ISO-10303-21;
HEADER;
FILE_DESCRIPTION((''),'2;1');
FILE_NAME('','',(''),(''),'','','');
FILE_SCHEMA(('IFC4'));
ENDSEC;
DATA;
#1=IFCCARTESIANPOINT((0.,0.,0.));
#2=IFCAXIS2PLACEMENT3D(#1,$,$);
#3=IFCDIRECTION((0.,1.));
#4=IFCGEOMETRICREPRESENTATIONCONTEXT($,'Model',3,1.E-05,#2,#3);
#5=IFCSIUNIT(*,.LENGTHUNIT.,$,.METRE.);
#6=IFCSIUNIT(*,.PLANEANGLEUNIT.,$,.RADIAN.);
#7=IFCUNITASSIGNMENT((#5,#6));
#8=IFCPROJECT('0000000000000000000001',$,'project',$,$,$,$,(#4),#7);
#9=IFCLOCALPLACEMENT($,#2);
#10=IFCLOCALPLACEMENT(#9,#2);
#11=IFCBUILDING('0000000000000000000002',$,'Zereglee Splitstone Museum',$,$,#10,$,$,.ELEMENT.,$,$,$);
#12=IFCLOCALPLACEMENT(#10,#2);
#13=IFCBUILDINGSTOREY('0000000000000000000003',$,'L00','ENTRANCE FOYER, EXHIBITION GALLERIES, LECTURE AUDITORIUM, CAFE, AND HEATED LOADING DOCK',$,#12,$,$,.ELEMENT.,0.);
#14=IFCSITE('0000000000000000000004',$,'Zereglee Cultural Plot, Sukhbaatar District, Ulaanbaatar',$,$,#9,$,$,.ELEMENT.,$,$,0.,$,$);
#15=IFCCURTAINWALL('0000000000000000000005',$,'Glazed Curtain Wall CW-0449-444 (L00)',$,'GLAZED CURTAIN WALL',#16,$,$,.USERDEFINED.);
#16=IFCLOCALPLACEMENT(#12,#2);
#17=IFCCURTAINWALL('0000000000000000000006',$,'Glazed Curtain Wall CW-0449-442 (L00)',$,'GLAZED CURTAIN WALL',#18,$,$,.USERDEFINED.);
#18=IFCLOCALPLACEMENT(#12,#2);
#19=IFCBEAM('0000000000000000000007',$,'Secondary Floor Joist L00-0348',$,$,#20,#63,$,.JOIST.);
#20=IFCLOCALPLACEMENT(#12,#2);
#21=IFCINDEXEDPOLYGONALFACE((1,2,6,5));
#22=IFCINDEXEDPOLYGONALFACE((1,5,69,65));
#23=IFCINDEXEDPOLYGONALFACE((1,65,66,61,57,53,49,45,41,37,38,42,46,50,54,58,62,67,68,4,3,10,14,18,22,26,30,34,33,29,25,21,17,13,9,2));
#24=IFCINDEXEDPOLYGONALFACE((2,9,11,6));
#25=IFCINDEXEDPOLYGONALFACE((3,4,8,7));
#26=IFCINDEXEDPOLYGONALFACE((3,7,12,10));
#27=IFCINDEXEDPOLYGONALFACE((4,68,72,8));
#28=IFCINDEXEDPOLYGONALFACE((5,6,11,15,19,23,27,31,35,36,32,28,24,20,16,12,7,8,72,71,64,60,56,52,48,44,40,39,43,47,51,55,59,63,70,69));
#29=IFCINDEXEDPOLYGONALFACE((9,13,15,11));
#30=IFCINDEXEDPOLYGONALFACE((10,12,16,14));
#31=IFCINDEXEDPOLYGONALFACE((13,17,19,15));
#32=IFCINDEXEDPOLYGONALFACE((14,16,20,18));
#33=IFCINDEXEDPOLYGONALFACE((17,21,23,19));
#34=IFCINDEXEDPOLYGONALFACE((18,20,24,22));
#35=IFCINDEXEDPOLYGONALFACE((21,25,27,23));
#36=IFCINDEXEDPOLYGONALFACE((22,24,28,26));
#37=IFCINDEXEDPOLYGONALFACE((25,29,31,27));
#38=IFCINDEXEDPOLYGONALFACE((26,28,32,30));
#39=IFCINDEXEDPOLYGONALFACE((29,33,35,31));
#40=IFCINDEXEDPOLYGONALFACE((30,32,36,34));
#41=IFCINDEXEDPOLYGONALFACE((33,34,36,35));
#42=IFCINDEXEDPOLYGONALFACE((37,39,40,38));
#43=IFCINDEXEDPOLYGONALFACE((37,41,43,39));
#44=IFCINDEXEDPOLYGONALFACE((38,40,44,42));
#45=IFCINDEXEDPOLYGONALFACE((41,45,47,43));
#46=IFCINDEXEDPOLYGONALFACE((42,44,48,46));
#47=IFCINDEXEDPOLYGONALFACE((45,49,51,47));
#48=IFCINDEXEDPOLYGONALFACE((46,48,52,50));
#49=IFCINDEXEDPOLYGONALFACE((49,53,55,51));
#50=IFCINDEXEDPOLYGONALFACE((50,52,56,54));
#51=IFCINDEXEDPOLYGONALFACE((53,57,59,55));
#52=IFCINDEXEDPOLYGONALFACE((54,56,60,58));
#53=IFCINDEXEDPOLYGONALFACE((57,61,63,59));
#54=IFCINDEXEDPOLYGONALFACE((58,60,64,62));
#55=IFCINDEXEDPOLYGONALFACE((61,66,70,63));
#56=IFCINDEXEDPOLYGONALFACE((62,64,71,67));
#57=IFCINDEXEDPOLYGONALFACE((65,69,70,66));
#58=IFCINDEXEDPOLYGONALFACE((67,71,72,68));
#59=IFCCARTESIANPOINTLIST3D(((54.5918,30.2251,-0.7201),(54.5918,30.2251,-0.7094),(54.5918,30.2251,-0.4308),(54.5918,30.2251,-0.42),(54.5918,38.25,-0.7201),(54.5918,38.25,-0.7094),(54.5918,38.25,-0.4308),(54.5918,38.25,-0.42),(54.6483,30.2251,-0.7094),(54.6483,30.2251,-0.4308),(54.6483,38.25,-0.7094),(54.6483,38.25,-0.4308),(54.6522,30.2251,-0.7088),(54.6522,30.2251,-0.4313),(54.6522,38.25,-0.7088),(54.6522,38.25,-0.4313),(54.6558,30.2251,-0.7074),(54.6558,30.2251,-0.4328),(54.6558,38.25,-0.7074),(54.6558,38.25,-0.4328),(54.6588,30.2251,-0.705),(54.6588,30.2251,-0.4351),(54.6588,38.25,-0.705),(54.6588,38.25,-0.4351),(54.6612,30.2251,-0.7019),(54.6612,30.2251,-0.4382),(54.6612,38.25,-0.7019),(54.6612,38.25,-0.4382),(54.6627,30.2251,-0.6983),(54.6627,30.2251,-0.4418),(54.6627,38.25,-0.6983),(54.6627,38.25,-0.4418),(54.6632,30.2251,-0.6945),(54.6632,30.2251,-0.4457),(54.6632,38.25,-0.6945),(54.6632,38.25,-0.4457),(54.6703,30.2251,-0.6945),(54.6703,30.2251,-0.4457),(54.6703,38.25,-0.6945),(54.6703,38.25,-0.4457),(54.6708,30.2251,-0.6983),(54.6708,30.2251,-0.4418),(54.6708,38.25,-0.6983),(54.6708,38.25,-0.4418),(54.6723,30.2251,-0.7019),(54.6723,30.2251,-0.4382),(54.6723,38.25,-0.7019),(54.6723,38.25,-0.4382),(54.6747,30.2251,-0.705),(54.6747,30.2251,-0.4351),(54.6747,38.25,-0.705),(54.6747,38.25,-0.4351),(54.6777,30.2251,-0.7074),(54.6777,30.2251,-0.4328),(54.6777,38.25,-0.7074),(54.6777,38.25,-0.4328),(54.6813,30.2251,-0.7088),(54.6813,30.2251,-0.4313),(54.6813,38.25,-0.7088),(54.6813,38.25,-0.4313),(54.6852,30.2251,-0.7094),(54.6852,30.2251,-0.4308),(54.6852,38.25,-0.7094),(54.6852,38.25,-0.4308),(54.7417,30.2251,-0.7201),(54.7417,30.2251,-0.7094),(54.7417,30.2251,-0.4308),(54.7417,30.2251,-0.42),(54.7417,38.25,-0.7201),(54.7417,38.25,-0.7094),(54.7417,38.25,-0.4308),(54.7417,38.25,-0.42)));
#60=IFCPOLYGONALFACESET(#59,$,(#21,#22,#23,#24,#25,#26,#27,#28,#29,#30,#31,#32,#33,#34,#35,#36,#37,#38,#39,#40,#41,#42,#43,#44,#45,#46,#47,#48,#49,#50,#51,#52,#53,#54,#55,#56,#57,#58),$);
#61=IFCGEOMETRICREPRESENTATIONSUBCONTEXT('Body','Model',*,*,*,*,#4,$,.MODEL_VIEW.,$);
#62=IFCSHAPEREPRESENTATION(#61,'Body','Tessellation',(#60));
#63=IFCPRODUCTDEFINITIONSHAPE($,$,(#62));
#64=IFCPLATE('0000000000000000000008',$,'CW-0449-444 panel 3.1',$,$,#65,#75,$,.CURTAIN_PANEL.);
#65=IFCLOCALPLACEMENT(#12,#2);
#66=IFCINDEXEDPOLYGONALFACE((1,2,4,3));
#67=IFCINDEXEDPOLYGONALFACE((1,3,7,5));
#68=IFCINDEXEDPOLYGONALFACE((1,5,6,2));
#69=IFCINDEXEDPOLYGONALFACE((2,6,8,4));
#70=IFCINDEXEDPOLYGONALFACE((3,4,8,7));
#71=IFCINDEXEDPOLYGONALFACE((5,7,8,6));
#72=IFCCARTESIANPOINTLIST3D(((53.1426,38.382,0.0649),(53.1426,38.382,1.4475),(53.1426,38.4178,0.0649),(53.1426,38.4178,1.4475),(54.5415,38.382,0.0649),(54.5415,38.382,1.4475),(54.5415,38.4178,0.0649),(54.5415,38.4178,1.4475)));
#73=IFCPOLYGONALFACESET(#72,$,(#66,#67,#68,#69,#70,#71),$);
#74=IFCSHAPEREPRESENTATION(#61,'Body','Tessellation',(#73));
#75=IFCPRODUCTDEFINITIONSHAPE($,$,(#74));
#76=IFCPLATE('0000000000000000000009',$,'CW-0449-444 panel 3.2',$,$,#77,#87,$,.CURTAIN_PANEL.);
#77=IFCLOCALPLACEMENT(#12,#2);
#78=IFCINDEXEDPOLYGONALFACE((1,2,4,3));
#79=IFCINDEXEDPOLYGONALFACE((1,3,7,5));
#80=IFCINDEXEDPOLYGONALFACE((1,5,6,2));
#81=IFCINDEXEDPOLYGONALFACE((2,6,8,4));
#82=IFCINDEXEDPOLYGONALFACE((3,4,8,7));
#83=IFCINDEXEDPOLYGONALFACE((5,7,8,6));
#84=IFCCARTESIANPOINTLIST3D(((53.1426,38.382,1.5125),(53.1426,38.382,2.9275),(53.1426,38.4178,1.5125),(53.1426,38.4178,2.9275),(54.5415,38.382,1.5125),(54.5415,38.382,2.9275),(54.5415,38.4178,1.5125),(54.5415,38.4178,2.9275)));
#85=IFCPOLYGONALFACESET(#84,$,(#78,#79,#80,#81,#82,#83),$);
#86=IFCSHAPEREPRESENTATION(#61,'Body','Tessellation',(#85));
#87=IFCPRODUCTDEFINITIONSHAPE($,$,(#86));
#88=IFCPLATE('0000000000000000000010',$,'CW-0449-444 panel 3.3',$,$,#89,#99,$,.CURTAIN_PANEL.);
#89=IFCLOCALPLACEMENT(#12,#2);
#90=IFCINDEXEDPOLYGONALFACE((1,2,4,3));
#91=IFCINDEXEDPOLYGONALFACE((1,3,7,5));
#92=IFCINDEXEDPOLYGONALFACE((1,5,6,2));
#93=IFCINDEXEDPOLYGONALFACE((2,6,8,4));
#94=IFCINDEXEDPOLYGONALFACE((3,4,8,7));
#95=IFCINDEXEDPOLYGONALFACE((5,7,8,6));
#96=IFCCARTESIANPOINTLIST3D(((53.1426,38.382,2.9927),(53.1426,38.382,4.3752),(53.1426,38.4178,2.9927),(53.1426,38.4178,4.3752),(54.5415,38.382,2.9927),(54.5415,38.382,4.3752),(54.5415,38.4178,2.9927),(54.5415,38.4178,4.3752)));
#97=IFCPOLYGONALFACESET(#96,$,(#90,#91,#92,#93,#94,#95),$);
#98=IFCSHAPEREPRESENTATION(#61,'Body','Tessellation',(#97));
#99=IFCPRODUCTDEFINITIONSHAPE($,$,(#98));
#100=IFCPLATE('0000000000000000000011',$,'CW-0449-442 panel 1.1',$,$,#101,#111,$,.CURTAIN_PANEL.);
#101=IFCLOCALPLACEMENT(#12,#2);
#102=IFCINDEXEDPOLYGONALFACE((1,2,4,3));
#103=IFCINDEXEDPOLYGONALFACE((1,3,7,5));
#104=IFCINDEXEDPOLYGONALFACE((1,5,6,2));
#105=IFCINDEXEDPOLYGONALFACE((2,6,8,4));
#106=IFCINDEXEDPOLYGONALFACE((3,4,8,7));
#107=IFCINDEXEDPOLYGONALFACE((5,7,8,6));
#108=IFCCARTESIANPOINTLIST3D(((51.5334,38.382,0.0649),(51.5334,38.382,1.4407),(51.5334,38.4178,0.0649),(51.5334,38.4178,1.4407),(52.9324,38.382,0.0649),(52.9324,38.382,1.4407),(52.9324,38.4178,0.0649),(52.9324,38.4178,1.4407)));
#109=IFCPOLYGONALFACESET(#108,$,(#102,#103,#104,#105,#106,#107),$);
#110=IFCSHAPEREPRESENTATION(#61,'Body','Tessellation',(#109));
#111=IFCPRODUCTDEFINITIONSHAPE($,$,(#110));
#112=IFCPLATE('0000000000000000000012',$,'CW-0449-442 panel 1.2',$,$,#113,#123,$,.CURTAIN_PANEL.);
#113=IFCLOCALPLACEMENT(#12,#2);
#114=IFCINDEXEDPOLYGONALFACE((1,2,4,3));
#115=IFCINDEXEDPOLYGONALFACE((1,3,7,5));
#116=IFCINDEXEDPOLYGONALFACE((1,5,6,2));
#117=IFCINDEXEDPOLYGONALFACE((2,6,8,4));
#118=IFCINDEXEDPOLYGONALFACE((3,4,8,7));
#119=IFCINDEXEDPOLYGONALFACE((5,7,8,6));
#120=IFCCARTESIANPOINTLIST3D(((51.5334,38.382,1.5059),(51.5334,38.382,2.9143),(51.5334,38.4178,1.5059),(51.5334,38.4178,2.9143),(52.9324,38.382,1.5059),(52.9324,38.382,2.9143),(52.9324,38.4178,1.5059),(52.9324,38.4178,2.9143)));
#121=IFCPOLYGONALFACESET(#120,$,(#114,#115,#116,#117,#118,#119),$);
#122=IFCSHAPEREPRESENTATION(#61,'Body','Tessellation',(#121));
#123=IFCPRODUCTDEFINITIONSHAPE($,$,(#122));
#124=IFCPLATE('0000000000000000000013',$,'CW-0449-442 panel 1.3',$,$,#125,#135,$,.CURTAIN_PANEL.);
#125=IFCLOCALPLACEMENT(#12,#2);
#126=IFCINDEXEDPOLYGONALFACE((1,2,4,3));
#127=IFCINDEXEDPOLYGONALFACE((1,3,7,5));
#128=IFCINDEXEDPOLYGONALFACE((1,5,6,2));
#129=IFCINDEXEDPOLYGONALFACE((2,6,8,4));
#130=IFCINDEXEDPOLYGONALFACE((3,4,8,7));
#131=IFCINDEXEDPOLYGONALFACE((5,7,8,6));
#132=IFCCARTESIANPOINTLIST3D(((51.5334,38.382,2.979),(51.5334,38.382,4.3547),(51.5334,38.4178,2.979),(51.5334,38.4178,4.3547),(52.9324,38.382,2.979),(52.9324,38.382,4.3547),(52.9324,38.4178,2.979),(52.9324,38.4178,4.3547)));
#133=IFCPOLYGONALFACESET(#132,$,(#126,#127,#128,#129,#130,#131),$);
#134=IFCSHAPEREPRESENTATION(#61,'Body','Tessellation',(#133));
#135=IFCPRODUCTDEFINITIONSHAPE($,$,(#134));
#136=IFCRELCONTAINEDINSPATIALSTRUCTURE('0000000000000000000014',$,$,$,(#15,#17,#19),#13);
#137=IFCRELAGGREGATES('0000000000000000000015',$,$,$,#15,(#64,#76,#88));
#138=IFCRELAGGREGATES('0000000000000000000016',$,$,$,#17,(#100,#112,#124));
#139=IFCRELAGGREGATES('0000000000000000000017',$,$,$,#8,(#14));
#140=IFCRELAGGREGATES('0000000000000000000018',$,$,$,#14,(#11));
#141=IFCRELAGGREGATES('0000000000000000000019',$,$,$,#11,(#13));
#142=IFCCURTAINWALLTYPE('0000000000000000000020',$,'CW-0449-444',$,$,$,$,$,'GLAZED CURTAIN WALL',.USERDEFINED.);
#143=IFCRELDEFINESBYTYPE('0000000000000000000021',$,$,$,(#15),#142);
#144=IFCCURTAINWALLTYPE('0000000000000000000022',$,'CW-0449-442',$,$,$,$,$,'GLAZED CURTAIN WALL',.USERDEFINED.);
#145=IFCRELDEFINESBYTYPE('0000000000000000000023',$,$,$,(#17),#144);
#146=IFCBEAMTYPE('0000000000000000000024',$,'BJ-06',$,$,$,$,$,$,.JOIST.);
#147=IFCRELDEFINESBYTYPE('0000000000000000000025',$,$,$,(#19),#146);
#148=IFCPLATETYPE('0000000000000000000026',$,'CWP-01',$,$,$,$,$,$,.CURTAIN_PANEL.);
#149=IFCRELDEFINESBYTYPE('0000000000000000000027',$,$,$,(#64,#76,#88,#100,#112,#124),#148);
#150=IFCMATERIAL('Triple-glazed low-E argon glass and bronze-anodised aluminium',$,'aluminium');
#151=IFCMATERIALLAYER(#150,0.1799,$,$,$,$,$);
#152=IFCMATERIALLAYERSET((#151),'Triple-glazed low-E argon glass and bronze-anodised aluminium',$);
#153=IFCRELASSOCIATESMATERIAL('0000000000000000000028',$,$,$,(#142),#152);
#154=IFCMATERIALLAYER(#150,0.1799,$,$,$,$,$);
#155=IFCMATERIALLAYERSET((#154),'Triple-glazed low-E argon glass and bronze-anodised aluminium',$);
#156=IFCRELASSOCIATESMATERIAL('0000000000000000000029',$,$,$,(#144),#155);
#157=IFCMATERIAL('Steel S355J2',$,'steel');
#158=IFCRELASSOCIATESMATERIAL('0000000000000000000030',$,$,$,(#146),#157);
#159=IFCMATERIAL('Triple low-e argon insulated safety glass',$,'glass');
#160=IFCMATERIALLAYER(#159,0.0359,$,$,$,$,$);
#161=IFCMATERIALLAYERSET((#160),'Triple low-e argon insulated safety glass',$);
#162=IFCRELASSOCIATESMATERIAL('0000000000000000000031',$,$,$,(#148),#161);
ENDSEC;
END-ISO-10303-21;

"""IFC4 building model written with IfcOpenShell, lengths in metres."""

from ifc_helpers import new_model, si_unit, direction, frame, origin, origin_2d, place, context, subcontext, project, spatial, rectangle, i_section, extrude, material, layer, layer_set, material_profile, profile_set, type_object, element, aggregate, save


model = new_model("IFC4")

# Units and contexts
model_context = context("Model", 3, precision=1e-05, world=origin(), true_north=direction((0.0, 1.0)))
body_context = subcontext(model_context, "Body", "Model", "MODEL_VIEW")
ifc_project = project(units=[si_unit("LENGTHUNIT", "METRE"), si_unit("PLANEANGLEUNIT", "RADIAN")], contexts=[model_context])

# Site, building, storey
site_placement = place(None, origin())
site = spatial("IfcSite", under=ifc_project, at=site_placement, Name="Zereglee Cultural Plot, Sukhbaatar District, Ulaanbaatar", CompositionType="ELEMENT", RefElevation=0.0)
building_placement = place(site_placement, origin())
building = spatial("IfcBuilding", under=site, at=building_placement, Name="Zereglee Splitstone Museum", CompositionType="ELEMENT")
storey_placement = place(building_placement, origin())
storey = spatial("IfcBuildingStorey", under=building, at=storey_placement, Name="L00", Description="ENTRANCE FOYER, EXHIBITION GALLERIES, LECTURE AUDITORIUM, CAFE, AND HEATED LOADING DOCK", CompositionType="ELEMENT", Elevation=0.0)

# Curtain wall
ifc_material_1 = material(Name="Triple-glazed low-E argon glass and bronze-anodised aluminium", Category="aluminium")
ifc_layer_1 = layer(ifc_material_1, 0.1799)
ifc_layer_set_1 = layer_set([ifc_layer_1], Name="Triple-glazed low-E argon glass and bronze-anodised aluminium")
curtain_wall_type_1 = type_object("IfcCurtainWallType", Name="CW-0449-444", ElementType="GLAZED CURTAIN WALL", PredefinedType="USERDEFINED", material=ifc_layer_set_1)
curtain_wall_1_placement = place(storey_placement, origin())
curtain_wall_1 = element("IfcCurtainWall", 1, at=curtain_wall_1_placement, inside=storey, type_object=curtain_wall_type_1, Name="Glazed Curtain Wall CW-0449-444 (L00)", ObjectType="GLAZED CURTAIN WALL", PredefinedType="USERDEFINED")

# Curtain wall
ifc_layer_2 = layer(ifc_material_1, 0.1799)
ifc_layer_set_2 = layer_set([ifc_layer_2], Name="Triple-glazed low-E argon glass and bronze-anodised aluminium")
curtain_wall_type_2 = type_object("IfcCurtainWallType", Name="CW-0449-442", ElementType="GLAZED CURTAIN WALL", PredefinedType="USERDEFINED", material=ifc_layer_set_2)
curtain_wall_2_placement = place(storey_placement, origin())
curtain_wall_2 = element("IfcCurtainWall", 2, at=curtain_wall_2_placement, inside=storey, type_object=curtain_wall_type_2, Name="Glazed Curtain Wall CW-0449-442 (L00)", ObjectType="GLAZED CURTAIN WALL", PredefinedType="USERDEFINED")

# Beam
ifc_material_2 = material(Name="Steel S355J2", Category="steel")
ifc_material_profile_1 = material_profile(ifc_material_2, i_section(OverallWidth=0.1499, OverallDepth=0.3, WebThickness=0.0071, FlangeThickness=0.0107, FilletRadius=0.0149, at=origin_2d()), Name="IPE 300")
ifc_profile_set_1 = profile_set([ifc_material_profile_1], Name="Steel S355J2")
beam_type = type_object("IfcBeamType", Name="BJ-06", PredefinedType="JOIST", material=ifc_profile_set_1)
beam_placement = place(storey_placement, frame((54.6667, 30.2251, -0.5701), z_axis=(0.0, 1.0, 0.0), x_axis=(-1.0, 0.0, 0.0)))
element("IfcBeam", 3, at=beam_placement, inside=storey, type_object=beam_type, Name="Secondary Floor Joist L00-0348", PredefinedType="JOIST", context=body_context, shape_type="SweptSolid", body=[
    extrude(i_section(OverallWidth=0.1499, OverallDepth=0.3, WebThickness=0.0071, FlangeThickness=0.0107, FilletRadius=0.0149, at=origin_2d()), origin(), (0.0, 0.0, 1.0), 8.0249),
])

# Plates
ifc_material_3 = material(Name="Triple low-e argon insulated safety glass", Category="glass")
ifc_layer_3 = layer(ifc_material_3, 0.0359)
ifc_layer_set_3 = layer_set([ifc_layer_3], Name="Triple low-e argon insulated safety glass")
plate_type = type_object("IfcPlateType", Name="CWP-01", PredefinedType="CURTAIN_PANEL", material=ifc_layer_set_3)
plate_1_placement = place(storey_placement, frame((53.842, 38.3999, 0.0649), z_axis=(0.0, 0.0, 1.0), x_axis=(-1.0, 0.0, 0.0)))
plate_1 = element("IfcPlate", 4, at=plate_1_placement, type_object=plate_type, Name="CW-0449-444 panel 3.1", PredefinedType="CURTAIN_PANEL", context=body_context, shape_type="SweptSolid", body=[
    extrude(rectangle(XDim=1.3989, YDim=0.0359, at=origin_2d()), origin(), (0.0, 0.0, 1.0), 1.3826),
])
plate_2_placement = place(storey_placement, frame((53.842, 38.3999, 1.5125), z_axis=(0.0, 0.0, 1.0), x_axis=(-1.0, 0.0, 0.0)))
plate_2 = element("IfcPlate", 5, at=plate_2_placement, type_object=plate_type, Name="CW-0449-444 panel 3.2", PredefinedType="CURTAIN_PANEL", context=body_context, shape_type="SweptSolid", body=[
    extrude(rectangle(XDim=1.3989, YDim=0.0359, at=origin_2d()), origin(), (0.0, 0.0, 1.0), 1.415),
])
plate_3_placement = place(storey_placement, frame((53.842, 38.3999, 2.9927), z_axis=(0.0, 0.0, 1.0), x_axis=(-1.0, 0.0, 0.0)))
plate_3 = element("IfcPlate", 6, at=plate_3_placement, type_object=plate_type, Name="CW-0449-444 panel 3.3", PredefinedType="CURTAIN_PANEL", context=body_context, shape_type="SweptSolid", body=[
    extrude(rectangle(XDim=1.3989, YDim=0.0359, at=origin_2d()), origin(), (0.0, 0.0, 1.0), 1.3826),
])
aggregate(curtain_wall_1, [plate_1, plate_2, plate_3])
plate_4_placement = place(storey_placement, frame((52.2329, 38.3999, 0.0649), z_axis=(0.0, 0.0, 1.0), x_axis=(-1.0, 0.0, 0.0)))
plate_4 = element("IfcPlate", 7, at=plate_4_placement, type_object=plate_type, Name="CW-0449-442 panel 1.1", PredefinedType="CURTAIN_PANEL", context=body_context, shape_type="SweptSolid", body=[
    extrude(rectangle(XDim=1.3989, YDim=0.0359, at=origin_2d()), origin(), (0.0, 0.0, 1.0), 1.3757),
])
plate_5_placement = place(storey_placement, frame((52.2329, 38.3999, 1.5059), z_axis=(0.0, 0.0, 1.0), x_axis=(-1.0, 0.0, 0.0)))
plate_5 = element("IfcPlate", 8, at=plate_5_placement, type_object=plate_type, Name="CW-0449-442 panel 1.2", PredefinedType="CURTAIN_PANEL", context=body_context, shape_type="SweptSolid", body=[
    extrude(rectangle(XDim=1.3989, YDim=0.0359, at=origin_2d()), origin(), (0.0, 0.0, 1.0), 1.4084),
])
plate_6_placement = place(storey_placement, frame((52.2329, 38.3999, 2.979), z_axis=(0.0, 0.0, 1.0), x_axis=(-1.0, 0.0, 0.0)))
plate_6 = element("IfcPlate", 9, at=plate_6_placement, type_object=plate_type, Name="CW-0449-442 panel 1.3", PredefinedType="CURTAIN_PANEL", context=body_context, shape_type="SweptSolid", body=[
    extrude(rectangle(XDim=1.3989, YDim=0.0359, at=origin_2d()), origin(), (0.0, 0.0, 1.0), 1.3757),
])
aggregate(curtain_wall_2, [plate_4, plate_5, plate_6])

save(model, "model.ifc")
